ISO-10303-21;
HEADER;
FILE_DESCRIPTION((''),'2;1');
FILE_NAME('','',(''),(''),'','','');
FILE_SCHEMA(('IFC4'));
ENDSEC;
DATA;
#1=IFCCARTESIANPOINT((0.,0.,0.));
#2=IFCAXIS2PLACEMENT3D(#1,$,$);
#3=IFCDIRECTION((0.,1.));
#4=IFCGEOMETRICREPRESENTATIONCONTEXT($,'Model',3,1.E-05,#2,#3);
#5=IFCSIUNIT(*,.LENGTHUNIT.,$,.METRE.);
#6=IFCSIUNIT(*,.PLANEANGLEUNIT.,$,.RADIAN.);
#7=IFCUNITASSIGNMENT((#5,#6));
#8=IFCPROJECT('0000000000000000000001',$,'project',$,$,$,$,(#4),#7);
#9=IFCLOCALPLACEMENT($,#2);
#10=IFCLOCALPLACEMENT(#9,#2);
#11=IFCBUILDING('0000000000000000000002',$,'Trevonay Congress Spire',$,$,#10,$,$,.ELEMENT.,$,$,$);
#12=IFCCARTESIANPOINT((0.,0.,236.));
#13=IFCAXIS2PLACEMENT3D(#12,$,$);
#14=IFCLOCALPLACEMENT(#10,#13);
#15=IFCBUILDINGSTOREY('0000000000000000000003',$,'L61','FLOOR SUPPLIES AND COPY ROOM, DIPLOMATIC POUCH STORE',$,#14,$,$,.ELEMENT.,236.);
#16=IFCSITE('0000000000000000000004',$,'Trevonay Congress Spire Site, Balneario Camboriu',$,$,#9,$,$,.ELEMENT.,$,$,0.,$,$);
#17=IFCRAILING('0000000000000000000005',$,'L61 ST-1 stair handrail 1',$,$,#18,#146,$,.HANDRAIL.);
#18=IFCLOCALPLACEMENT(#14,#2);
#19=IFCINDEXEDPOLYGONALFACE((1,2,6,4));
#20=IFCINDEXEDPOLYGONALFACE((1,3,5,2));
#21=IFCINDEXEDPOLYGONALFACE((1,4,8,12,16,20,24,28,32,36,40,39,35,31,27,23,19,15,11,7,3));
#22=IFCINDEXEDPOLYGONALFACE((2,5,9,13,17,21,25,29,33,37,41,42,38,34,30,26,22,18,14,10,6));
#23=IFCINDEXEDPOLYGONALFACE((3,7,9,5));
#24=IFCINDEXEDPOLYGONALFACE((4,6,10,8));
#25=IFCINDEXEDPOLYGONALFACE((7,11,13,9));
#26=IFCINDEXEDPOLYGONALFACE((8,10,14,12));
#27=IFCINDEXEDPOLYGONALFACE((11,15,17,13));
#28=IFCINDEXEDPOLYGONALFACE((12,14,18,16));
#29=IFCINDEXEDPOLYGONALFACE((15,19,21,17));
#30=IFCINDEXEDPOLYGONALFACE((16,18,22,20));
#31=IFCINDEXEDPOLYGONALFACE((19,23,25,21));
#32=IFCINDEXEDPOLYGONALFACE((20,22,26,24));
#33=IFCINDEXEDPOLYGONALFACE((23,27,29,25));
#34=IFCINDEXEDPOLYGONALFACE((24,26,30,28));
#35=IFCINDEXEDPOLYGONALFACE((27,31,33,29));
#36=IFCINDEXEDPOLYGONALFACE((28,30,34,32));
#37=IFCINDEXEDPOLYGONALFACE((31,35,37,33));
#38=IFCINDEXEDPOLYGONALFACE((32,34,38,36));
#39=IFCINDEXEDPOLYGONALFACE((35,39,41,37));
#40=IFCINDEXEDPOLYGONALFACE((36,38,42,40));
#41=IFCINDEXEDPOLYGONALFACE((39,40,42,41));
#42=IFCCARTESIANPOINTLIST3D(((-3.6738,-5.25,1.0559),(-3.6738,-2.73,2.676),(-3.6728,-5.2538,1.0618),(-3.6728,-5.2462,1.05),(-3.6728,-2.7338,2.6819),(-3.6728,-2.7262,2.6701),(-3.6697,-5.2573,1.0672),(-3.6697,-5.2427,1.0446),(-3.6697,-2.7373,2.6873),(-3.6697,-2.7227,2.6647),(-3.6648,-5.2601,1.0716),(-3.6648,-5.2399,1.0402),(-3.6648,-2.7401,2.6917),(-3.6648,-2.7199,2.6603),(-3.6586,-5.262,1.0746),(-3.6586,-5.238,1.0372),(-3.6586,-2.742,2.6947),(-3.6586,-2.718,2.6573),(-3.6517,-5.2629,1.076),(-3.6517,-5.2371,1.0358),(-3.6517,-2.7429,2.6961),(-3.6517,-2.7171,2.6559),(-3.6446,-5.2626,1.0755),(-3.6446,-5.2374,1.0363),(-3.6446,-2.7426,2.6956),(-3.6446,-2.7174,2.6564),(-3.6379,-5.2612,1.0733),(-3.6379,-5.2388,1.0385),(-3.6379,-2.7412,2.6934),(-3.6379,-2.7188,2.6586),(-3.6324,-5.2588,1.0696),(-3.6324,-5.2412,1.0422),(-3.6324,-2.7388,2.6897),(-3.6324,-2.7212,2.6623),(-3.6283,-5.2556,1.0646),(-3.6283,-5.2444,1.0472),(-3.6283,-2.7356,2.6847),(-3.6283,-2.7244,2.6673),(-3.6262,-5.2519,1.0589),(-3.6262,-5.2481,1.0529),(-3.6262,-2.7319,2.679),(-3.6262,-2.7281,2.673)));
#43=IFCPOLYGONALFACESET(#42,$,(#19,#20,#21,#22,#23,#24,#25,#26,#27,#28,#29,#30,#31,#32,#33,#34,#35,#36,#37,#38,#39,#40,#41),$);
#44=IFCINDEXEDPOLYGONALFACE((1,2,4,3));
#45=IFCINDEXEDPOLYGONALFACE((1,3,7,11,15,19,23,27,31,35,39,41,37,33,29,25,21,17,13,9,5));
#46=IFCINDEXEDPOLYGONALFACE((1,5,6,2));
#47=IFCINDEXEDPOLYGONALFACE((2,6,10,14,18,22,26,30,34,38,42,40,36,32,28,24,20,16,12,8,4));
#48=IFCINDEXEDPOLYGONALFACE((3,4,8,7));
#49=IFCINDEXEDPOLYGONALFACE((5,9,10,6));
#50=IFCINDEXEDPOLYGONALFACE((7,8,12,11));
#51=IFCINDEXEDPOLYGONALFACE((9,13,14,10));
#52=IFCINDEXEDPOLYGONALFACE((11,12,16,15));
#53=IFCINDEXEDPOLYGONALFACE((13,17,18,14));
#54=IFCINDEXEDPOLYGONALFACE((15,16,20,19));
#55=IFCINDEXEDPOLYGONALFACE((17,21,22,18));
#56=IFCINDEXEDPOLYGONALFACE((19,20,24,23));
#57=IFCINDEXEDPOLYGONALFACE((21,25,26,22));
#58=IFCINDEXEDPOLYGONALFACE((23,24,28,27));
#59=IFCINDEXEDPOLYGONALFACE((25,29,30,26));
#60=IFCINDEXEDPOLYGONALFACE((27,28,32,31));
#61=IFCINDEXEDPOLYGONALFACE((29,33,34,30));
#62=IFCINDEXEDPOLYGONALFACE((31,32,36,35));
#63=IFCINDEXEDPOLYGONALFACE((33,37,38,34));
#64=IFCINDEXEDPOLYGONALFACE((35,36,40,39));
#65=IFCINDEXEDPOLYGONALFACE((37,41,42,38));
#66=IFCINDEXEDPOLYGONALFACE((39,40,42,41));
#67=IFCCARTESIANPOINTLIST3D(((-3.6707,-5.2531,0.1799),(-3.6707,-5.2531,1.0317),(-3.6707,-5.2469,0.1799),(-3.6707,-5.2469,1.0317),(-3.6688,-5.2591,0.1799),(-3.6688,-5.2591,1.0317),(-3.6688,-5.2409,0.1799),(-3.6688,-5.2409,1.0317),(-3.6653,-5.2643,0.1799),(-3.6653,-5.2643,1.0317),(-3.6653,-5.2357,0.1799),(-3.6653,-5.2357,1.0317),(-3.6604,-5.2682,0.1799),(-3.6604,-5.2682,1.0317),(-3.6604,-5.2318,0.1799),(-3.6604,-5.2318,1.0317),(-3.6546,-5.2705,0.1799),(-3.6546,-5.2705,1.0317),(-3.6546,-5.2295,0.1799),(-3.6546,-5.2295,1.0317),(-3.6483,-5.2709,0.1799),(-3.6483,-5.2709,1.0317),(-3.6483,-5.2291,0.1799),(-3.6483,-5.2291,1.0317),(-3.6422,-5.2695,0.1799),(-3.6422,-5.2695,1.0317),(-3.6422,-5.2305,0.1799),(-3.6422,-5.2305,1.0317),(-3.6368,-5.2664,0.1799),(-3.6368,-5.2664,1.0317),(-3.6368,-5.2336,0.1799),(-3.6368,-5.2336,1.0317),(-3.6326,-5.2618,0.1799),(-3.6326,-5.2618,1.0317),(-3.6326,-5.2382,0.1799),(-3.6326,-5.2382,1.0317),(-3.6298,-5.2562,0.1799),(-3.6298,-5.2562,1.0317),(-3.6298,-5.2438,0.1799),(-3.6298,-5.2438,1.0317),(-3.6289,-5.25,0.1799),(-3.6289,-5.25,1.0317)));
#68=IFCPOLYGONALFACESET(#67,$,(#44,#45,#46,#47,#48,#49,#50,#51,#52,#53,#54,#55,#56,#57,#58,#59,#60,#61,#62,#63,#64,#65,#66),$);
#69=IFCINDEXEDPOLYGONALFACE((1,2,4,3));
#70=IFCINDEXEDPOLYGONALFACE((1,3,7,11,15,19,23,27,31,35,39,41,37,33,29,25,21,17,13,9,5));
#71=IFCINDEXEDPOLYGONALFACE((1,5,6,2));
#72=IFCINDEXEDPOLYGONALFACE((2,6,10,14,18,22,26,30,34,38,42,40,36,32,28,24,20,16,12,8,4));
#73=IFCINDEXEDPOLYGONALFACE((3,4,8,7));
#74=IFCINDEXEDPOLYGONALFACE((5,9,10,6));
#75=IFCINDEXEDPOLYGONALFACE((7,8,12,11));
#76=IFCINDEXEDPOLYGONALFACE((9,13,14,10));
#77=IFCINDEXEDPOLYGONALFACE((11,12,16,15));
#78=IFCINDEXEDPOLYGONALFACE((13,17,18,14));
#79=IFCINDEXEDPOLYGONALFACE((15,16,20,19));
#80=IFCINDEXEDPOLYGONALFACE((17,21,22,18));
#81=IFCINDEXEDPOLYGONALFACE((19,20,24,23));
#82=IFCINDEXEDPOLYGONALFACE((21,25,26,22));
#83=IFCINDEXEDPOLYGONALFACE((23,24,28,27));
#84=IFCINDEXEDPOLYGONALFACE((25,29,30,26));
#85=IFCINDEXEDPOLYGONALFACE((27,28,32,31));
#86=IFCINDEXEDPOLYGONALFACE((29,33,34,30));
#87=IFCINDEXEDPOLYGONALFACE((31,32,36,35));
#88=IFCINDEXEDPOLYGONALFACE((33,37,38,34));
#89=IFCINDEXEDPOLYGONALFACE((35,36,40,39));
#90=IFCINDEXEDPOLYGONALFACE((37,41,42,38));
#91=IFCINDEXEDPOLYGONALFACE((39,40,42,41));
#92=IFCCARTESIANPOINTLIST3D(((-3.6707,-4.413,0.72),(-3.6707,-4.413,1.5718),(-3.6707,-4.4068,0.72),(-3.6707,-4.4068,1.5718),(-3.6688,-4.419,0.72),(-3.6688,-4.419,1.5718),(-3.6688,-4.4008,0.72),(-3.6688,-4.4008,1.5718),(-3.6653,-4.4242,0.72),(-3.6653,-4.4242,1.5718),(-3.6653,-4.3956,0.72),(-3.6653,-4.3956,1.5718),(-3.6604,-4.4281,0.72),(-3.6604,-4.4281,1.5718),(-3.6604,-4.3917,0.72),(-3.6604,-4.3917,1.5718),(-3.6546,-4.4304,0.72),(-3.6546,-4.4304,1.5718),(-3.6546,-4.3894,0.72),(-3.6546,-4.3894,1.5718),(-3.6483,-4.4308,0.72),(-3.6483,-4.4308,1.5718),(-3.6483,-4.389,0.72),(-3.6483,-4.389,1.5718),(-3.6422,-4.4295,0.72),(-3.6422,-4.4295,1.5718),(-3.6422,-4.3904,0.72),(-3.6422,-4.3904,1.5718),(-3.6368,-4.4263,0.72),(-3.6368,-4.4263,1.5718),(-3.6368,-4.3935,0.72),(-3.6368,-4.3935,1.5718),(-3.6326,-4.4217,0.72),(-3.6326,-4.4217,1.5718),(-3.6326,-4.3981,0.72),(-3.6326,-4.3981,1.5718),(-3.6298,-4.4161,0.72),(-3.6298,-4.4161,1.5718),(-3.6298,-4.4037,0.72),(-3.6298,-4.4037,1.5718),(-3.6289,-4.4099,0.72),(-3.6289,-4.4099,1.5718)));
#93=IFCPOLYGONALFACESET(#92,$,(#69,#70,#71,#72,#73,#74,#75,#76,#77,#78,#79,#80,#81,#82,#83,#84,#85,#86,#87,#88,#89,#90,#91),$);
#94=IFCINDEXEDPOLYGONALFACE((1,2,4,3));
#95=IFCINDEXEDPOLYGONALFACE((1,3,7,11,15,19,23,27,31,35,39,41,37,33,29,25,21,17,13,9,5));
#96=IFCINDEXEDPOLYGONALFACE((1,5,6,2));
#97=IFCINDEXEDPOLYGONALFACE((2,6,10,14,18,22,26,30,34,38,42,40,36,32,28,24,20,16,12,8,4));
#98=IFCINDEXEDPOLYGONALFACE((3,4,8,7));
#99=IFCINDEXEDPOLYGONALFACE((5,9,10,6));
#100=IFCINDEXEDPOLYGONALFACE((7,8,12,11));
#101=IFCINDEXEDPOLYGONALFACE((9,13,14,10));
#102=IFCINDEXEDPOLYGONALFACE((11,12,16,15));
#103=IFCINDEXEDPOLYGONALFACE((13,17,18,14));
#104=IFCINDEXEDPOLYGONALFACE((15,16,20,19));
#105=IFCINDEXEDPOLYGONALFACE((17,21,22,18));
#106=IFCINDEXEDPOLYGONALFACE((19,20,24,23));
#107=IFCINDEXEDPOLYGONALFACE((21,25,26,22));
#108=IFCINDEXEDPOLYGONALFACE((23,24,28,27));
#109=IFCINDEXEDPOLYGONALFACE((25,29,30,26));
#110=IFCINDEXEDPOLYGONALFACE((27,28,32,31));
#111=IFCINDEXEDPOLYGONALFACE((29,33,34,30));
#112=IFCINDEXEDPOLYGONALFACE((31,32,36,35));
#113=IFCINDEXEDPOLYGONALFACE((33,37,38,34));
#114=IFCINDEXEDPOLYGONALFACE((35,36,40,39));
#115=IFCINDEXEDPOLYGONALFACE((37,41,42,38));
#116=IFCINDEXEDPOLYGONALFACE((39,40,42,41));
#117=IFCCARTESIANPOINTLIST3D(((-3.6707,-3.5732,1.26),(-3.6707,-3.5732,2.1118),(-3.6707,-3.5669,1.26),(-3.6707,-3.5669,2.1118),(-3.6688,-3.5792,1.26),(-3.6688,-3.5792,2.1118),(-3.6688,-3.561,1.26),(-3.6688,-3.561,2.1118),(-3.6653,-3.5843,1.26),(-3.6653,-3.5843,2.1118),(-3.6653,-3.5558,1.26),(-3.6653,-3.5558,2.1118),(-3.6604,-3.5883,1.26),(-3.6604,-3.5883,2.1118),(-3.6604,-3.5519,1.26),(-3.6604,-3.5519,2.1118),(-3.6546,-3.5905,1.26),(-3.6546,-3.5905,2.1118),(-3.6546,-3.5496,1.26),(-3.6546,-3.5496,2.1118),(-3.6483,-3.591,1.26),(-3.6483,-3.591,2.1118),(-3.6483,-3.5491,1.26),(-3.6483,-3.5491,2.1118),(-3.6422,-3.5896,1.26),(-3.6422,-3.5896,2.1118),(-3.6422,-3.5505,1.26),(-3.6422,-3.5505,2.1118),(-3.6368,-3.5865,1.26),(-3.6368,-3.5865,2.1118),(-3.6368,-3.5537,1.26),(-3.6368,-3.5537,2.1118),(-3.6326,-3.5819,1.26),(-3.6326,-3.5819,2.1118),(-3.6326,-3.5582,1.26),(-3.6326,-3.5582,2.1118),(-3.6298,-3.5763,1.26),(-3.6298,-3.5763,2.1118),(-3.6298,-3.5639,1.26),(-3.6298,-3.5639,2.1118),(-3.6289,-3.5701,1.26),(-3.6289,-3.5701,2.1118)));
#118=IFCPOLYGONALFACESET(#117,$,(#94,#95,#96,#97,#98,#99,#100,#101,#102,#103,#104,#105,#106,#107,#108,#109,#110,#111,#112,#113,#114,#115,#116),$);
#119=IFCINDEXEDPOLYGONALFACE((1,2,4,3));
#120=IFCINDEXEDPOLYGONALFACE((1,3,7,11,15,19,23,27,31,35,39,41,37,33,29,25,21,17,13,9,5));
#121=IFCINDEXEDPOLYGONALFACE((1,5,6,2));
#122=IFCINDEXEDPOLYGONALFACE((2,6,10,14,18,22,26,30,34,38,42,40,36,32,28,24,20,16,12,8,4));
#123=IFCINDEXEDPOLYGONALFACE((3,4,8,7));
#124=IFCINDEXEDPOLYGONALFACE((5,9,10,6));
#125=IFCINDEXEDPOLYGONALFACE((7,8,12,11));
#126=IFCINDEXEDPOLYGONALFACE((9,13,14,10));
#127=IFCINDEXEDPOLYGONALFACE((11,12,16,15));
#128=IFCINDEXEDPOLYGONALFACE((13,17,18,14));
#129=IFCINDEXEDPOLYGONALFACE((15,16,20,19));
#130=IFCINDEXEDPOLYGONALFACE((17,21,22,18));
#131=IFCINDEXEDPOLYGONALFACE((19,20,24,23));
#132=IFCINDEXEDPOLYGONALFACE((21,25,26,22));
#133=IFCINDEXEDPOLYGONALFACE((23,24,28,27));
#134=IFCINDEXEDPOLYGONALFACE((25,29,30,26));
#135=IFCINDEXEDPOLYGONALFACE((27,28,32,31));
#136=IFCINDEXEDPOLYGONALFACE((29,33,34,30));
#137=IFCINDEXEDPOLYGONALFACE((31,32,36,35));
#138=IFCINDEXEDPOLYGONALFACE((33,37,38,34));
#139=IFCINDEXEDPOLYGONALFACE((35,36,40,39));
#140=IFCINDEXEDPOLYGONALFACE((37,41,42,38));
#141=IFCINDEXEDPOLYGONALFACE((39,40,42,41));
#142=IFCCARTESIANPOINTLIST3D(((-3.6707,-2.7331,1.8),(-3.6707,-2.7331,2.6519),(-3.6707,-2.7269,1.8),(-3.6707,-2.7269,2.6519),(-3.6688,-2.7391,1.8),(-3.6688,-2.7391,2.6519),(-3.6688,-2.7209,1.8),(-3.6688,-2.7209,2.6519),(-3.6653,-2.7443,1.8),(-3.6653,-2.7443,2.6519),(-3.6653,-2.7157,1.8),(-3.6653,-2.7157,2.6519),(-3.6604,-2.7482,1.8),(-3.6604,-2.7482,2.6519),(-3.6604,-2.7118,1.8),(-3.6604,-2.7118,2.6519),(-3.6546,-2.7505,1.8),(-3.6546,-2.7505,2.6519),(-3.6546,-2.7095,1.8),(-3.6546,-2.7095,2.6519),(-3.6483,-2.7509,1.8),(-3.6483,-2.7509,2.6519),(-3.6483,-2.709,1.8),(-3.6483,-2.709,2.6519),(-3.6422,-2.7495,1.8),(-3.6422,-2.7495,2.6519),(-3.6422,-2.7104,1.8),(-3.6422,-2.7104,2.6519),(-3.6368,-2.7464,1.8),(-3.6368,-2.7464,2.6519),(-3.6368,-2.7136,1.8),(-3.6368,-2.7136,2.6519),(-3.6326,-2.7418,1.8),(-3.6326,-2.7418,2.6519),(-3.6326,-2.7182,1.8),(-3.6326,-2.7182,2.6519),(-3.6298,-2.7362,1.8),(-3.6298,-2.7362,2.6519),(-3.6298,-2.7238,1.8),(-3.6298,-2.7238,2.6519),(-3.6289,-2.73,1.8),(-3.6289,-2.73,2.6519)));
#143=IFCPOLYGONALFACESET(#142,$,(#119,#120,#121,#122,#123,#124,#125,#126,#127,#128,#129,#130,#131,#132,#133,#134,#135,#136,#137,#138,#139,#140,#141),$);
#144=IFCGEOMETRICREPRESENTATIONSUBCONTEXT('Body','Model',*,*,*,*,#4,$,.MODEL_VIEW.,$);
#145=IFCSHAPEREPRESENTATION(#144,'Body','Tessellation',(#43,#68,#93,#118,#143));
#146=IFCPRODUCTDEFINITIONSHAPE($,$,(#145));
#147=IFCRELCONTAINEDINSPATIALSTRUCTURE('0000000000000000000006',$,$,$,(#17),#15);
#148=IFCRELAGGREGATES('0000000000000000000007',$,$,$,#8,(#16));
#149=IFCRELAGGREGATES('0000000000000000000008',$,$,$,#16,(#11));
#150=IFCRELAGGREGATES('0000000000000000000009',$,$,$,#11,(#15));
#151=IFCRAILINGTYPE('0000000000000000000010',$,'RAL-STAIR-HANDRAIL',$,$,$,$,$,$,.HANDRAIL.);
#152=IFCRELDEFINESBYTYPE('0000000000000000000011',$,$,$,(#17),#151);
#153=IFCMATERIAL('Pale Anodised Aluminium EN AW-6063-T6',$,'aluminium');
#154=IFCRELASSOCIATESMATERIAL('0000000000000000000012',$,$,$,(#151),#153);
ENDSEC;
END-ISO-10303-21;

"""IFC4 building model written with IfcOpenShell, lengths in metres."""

from ifc_helpers import new_model, si_unit, direction, frame, origin, origin_2d, place, context, subcontext, project, spatial, circle, extrude, material, type_object, element, save


model = new_model("IFC4")

# Units and contexts
model_context = context("Model", 3, precision=1e-05, world=origin(), true_north=direction((0.0, 1.0)))
body_context = subcontext(model_context, "Body", "Model", "MODEL_VIEW")
ifc_project = project(units=[si_unit("LENGTHUNIT", "METRE"), si_unit("PLANEANGLEUNIT", "RADIAN")], contexts=[model_context])

# Site, building, storey
site_placement = place(None, origin())
site = spatial("IfcSite", under=ifc_project, at=site_placement, Name="Trevonay Congress Spire Site, Balneario Camboriu", CompositionType="ELEMENT", RefElevation=0.0)
building_placement = place(site_placement, origin())
building = spatial("IfcBuilding", under=site, at=building_placement, Name="Trevonay Congress Spire", CompositionType="ELEMENT")
storey_placement = place(building_placement, frame((0.0, 0.0, 236.0)))
storey = spatial("IfcBuildingStorey", under=building, at=storey_placement, Name="L61", Description="FLOOR SUPPLIES AND COPY ROOM, DIPLOMATIC POUCH STORE", CompositionType="ELEMENT", Elevation=236.0)

# Railing
ifc_material_1 = material(Name="Pale Anodised Aluminium EN AW-6063-T6", Category="aluminium")
railing_type_1 = type_object("IfcRailingType", Name="RAL-STAIR-HANDRAIL", PredefinedType="HANDRAIL", material=ifc_material_1)
railing_1_placement = place(storey_placement, frame((-3.6499, -5.25, 0.1799)))
element("IfcRailing", 1, at=railing_1_placement, inside=storey, type_object=railing_type_1, Name="L61 ST-1 stair handrail 1", PredefinedType="HANDRAIL", context=body_context, shape_type="SweptSolid", body=[
    extrude(circle(Radius=0.0239, at=origin_2d()), frame((0.0, 0.0, 0.876), z_axis=(0.0, 0.841163, 0.540782), x_axis=(-1.0, 0.0, 0.0)), (0.0, 0.0, 1.0), 2.9958),
    extrude(circle(Radius=0.021, at=origin_2d()), origin(), (0.0, 0.0, 1.0), 0.8518),
    extrude(circle(Radius=0.021, at=origin_2d()), frame((0.0, 0.8401, 0.54)), (0.0, 0.0, 1.0), 0.8518),
    extrude(circle(Radius=0.021, at=origin_2d()), frame((0.0, 1.6799, 1.0801)), (0.0, 0.0, 1.0), 0.8518),
    extrude(circle(Radius=0.021, at=origin_2d()), frame((0.0, 2.52, 1.6201)), (0.0, 0.0, 1.0), 0.8518),
])

save(model, "model.ifc")
